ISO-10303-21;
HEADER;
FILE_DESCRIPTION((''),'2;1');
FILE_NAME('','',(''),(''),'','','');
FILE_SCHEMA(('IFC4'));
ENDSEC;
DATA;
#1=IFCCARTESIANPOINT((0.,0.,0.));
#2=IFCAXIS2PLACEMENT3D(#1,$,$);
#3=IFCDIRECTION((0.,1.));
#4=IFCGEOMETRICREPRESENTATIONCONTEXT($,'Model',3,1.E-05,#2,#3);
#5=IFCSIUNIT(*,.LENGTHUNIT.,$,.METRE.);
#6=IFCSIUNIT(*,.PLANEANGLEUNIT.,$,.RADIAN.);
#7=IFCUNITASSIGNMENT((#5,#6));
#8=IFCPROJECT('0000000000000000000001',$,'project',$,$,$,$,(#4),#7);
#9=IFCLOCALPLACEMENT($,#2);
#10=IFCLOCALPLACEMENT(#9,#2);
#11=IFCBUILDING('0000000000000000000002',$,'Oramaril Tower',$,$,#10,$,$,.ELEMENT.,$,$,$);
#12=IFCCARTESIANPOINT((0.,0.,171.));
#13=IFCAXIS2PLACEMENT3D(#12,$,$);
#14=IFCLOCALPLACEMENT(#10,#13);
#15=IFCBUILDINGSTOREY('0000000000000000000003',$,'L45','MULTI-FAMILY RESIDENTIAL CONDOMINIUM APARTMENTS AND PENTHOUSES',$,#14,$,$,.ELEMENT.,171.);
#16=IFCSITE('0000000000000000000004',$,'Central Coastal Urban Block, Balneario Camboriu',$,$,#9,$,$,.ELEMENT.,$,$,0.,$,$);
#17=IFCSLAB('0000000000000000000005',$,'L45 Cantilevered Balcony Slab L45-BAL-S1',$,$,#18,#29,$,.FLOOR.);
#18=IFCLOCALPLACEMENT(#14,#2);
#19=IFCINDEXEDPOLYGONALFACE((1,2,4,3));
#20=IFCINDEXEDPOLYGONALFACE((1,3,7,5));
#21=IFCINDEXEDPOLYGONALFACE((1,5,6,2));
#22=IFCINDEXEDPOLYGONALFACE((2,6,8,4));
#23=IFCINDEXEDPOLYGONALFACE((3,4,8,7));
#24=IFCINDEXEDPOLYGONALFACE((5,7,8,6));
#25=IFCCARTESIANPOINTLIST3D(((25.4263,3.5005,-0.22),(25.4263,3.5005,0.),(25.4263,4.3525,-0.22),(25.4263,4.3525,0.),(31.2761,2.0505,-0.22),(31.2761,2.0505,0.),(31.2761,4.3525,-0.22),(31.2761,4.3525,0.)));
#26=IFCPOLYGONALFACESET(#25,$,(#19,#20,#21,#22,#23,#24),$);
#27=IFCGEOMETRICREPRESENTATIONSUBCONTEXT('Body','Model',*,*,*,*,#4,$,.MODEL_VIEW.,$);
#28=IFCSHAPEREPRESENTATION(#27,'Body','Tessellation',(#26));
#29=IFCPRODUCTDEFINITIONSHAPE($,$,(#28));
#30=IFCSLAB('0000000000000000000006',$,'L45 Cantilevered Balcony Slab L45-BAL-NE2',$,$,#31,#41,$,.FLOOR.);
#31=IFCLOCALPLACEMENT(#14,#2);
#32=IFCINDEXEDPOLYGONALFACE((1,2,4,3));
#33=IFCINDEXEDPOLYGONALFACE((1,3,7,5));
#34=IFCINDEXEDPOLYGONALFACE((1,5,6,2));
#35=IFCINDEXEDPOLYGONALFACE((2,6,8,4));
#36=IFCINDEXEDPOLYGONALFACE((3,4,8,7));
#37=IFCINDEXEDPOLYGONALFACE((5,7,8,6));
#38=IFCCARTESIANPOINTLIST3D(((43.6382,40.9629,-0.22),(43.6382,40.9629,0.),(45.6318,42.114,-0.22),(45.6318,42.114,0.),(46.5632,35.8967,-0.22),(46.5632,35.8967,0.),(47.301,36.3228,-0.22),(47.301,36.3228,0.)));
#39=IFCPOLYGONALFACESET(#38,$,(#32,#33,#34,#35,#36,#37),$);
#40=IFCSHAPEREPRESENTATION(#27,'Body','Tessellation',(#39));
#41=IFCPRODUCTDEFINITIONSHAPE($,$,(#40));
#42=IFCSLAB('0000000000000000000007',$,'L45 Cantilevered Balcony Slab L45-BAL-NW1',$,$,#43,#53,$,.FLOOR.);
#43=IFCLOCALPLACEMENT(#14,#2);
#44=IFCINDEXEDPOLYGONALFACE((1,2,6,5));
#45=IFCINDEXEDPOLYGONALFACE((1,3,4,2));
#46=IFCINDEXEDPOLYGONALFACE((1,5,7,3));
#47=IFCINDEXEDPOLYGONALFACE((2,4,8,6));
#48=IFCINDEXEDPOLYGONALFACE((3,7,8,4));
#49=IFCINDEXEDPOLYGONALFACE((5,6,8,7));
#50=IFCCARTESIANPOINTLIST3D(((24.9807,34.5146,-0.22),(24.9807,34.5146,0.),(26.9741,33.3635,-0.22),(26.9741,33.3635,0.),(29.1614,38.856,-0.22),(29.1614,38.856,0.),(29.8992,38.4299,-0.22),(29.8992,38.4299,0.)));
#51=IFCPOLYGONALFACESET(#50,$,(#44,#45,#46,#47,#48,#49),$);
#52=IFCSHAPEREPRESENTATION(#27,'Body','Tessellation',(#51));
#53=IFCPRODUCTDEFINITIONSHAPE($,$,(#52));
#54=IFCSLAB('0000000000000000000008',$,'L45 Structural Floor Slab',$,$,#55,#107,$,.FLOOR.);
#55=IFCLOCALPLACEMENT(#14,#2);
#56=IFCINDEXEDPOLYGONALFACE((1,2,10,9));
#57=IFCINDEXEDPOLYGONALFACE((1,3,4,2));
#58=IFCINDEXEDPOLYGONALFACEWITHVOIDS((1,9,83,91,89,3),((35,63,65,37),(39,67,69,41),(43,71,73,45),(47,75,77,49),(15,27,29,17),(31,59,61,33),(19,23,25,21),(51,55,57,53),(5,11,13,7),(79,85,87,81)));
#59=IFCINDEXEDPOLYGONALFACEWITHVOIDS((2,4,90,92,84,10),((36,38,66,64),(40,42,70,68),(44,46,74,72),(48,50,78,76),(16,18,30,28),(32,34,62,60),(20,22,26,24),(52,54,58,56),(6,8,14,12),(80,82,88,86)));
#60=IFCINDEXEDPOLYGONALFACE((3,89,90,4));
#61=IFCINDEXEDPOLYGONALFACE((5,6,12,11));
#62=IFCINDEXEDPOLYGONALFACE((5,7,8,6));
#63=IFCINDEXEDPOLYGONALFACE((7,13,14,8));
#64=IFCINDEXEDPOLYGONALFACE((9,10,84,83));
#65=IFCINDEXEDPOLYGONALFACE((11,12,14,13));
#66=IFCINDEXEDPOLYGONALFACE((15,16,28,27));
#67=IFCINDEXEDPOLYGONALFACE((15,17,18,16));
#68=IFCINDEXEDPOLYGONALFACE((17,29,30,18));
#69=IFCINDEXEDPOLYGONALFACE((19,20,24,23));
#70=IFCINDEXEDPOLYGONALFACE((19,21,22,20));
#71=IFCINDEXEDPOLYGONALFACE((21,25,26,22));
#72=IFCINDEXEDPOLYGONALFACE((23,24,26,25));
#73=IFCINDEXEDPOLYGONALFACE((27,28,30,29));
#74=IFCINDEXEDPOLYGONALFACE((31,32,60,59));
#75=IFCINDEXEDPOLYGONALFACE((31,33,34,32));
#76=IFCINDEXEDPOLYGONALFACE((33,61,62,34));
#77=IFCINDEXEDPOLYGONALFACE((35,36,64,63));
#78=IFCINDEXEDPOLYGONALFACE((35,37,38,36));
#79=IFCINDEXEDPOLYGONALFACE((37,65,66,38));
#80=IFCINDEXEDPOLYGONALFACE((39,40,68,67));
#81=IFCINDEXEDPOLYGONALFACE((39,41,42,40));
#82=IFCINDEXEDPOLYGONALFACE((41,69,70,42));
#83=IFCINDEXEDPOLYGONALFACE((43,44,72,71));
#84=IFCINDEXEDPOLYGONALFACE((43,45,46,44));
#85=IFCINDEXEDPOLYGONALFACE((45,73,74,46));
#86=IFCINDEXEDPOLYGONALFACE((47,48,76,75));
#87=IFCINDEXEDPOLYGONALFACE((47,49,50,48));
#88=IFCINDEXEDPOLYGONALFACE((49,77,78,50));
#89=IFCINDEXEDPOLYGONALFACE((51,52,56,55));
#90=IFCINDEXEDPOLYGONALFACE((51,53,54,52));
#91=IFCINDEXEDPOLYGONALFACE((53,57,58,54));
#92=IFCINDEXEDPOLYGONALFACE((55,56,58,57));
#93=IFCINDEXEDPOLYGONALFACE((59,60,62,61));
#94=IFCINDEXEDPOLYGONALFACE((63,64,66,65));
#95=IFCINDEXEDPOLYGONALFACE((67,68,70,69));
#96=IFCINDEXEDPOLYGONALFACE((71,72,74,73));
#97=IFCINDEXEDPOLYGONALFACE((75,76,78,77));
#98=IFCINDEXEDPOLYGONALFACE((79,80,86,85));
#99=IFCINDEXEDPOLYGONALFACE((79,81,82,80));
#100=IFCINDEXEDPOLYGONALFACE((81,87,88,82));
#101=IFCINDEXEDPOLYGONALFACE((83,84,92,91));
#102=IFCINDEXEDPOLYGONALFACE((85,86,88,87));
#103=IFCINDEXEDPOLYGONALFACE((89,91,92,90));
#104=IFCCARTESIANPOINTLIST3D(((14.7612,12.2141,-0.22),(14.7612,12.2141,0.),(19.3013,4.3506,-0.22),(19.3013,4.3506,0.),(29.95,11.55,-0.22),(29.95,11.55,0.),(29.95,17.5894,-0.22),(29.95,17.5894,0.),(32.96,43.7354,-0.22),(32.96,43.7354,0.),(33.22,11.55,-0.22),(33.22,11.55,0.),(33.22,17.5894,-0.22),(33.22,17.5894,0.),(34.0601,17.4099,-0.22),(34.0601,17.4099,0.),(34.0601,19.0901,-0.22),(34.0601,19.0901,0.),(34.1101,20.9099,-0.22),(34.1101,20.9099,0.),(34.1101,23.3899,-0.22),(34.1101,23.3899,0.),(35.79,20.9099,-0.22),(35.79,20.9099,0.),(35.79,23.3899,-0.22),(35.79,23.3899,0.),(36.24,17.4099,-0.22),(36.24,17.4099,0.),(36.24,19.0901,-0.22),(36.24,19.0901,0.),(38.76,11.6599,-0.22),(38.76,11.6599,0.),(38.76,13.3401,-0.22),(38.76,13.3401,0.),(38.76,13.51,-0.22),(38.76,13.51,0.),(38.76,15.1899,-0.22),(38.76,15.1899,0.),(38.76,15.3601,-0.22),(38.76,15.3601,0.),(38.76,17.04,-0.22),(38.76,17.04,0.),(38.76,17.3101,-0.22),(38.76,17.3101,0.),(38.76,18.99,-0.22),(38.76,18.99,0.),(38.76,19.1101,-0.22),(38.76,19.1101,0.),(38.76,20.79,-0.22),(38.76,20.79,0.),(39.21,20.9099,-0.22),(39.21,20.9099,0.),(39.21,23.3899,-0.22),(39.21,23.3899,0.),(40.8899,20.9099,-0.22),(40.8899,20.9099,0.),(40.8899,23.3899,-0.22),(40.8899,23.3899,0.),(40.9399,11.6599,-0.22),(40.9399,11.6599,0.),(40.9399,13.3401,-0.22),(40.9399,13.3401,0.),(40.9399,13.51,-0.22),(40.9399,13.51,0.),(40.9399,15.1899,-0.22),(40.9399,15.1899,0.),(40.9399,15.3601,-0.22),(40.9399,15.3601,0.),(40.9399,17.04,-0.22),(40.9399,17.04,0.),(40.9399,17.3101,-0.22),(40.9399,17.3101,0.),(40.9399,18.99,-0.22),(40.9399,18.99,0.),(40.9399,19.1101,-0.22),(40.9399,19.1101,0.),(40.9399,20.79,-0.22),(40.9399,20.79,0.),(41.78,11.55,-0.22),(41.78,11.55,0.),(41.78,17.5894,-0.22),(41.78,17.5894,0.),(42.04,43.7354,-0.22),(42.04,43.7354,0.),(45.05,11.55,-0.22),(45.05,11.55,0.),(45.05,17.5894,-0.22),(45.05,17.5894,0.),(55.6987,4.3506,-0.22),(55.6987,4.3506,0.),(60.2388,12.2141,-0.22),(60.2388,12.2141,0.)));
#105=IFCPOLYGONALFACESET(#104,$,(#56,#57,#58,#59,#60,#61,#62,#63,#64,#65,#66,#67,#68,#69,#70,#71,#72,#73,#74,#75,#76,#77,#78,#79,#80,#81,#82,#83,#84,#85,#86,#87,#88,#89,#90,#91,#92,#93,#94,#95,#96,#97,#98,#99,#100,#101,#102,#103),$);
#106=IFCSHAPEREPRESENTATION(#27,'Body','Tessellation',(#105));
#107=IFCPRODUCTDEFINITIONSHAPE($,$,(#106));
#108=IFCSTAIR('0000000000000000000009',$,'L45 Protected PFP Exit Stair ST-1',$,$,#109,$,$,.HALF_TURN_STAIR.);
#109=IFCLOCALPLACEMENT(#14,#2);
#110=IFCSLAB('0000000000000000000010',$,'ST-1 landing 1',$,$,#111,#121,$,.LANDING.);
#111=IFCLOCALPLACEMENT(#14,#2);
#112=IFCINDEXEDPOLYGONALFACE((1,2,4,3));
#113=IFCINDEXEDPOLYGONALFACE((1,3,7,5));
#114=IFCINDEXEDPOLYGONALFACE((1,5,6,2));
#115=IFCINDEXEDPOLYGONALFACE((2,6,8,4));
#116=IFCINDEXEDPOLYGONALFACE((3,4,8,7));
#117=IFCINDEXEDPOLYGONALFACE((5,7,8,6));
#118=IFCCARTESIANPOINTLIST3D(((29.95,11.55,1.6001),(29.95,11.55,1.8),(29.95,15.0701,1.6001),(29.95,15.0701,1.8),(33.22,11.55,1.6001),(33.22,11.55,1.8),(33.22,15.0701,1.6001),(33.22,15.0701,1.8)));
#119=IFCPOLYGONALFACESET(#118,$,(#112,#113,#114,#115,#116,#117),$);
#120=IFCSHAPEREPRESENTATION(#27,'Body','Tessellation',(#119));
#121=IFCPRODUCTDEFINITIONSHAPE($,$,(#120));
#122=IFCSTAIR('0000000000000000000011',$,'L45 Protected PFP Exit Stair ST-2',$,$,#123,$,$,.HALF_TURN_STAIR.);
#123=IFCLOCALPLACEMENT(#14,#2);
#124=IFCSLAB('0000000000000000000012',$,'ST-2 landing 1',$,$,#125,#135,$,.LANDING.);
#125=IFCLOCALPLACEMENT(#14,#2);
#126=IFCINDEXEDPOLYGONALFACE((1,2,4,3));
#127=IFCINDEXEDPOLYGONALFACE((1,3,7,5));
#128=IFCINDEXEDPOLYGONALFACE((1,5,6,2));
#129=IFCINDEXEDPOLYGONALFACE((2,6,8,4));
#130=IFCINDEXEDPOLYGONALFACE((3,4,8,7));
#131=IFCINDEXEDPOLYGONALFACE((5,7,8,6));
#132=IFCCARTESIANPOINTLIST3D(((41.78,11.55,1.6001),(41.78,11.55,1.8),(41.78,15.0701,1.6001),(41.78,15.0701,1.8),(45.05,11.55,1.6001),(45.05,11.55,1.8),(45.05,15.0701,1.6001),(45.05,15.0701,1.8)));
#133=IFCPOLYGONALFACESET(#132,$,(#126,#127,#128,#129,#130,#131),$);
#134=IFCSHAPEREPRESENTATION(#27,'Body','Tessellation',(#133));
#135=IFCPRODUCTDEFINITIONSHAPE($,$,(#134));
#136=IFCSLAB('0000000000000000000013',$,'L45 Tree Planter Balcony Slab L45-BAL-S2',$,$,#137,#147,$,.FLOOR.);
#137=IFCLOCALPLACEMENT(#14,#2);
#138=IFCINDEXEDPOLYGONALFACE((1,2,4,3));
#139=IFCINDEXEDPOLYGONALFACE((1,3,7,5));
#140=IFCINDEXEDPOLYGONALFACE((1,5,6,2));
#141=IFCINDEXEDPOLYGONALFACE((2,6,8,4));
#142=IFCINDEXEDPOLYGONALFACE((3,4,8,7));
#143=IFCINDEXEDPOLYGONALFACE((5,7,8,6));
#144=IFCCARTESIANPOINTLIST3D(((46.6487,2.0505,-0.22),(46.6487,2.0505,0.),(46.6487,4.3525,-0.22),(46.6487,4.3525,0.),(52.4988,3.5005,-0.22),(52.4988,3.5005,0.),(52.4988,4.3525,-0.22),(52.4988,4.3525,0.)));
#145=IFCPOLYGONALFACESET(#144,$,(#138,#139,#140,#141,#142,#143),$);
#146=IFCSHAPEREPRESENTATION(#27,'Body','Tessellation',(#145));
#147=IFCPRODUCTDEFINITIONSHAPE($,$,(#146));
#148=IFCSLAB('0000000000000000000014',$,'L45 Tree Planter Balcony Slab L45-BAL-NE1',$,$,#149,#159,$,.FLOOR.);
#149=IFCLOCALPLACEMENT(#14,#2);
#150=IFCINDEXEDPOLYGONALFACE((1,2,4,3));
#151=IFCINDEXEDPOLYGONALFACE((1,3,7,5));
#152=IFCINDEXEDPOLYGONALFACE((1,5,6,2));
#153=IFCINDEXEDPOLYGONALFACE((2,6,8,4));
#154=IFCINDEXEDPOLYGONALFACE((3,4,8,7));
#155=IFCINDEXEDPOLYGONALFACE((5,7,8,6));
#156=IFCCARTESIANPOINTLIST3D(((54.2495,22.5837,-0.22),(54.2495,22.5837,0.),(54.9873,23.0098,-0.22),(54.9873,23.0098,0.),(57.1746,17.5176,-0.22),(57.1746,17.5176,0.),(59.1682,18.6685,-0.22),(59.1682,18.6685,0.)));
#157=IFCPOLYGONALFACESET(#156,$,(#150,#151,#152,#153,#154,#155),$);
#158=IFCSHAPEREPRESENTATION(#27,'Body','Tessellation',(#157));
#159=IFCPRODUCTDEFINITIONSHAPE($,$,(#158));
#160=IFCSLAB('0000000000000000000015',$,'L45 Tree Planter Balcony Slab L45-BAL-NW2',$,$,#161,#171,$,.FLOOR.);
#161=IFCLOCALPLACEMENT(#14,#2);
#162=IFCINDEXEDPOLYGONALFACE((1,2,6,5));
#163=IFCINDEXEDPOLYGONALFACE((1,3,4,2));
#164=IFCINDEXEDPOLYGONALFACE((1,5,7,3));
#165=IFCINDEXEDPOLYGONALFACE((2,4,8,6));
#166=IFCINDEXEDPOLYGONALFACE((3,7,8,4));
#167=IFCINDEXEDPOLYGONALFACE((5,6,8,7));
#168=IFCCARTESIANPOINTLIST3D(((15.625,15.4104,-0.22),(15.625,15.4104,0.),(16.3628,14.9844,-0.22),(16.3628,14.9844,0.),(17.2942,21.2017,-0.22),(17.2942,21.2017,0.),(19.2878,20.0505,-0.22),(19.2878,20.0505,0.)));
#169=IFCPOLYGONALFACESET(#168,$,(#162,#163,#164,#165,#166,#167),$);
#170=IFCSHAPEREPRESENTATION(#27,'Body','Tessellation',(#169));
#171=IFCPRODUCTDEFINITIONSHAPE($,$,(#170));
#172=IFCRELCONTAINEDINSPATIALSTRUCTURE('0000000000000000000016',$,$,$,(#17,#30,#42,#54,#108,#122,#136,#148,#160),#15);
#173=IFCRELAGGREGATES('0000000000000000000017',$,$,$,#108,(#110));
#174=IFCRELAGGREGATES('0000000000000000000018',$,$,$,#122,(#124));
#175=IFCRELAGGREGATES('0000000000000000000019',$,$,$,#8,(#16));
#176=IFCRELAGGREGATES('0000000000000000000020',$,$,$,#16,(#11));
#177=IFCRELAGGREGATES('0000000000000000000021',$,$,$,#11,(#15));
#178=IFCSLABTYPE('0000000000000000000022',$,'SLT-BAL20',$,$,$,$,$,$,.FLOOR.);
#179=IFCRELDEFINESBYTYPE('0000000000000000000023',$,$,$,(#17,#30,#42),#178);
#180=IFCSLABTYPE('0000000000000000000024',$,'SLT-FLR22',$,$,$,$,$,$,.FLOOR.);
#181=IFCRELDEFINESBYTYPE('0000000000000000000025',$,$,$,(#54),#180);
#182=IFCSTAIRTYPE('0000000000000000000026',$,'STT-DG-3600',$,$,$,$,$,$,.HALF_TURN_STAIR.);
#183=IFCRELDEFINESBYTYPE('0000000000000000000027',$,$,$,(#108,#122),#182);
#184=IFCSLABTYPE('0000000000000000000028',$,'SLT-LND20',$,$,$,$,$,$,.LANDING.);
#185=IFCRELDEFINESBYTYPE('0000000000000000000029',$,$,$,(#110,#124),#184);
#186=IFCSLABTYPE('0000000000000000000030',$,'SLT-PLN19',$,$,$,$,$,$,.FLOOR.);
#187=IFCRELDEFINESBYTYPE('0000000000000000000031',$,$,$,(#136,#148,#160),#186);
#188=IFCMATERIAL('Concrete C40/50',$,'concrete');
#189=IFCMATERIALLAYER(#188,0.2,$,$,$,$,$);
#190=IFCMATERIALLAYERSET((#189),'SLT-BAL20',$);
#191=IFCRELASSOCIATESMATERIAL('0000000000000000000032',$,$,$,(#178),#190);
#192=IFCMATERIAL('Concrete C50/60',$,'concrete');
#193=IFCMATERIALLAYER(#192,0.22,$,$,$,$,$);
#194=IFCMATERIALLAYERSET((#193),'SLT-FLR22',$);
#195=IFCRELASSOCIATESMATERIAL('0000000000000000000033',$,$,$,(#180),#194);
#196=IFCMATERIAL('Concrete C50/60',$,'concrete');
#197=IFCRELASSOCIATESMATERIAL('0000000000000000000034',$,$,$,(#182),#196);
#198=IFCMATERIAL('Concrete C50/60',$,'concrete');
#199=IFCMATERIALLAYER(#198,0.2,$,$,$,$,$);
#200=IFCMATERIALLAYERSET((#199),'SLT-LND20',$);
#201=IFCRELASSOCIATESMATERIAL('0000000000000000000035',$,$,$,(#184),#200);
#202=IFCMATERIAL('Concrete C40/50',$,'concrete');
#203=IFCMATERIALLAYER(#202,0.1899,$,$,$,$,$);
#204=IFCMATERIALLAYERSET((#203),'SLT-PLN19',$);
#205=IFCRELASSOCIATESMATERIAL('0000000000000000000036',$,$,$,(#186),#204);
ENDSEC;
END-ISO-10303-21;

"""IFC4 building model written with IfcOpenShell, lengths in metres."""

from ifc_helpers import new_model, si_unit, direction, frame, origin, place, context, subcontext, project, spatial, polyline, outline, extrude, material, layer, layer_set, type_object, element, aggregate, save


model = new_model("IFC4")

# Units and contexts
model_context = context("Model", 3, precision=1e-05, world=origin(), true_north=direction((0.0, 1.0)))
body_context = subcontext(model_context, "Body", "Model", "MODEL_VIEW")
ifc_project = project(units=[si_unit("LENGTHUNIT", "METRE"), si_unit("PLANEANGLEUNIT", "RADIAN")], contexts=[model_context])

# Site, building, storey
site_placement = place(None, origin())
site = spatial("IfcSite", under=ifc_project, at=site_placement, Name="Central Coastal Urban Block, Balneario Camboriu", CompositionType="ELEMENT", RefElevation=0.0)
building_placement = place(site_placement, origin())
building = spatial("IfcBuilding", under=site, at=building_placement, Name="Oramaril Tower", CompositionType="ELEMENT")
storey_placement = place(building_placement, frame((0.0, 0.0, 171.0)))
storey = spatial("IfcBuildingStorey", under=building, at=storey_placement, Name="L45", Description="MULTI-FAMILY RESIDENTIAL CONDOMINIUM APARTMENTS AND PENTHOUSES", CompositionType="ELEMENT", Elevation=171.0)

# Slabs
ifc_material_1 = material(Name="Concrete C40/50", Category="concrete")
ifc_layer_1 = layer(ifc_material_1, 0.2)
ifc_layer_set_1 = layer_set([ifc_layer_1], Name="SLT-BAL20")
slab_type_1 = type_object("IfcSlabType", Name="SLT-BAL20", PredefinedType="FLOOR", material=ifc_layer_set_1)
slab_1_placement = place(storey_placement, frame((0.0, 0.0, -0.22)))
element("IfcSlab", 1, at=slab_1_placement, inside=storey, type_object=slab_type_1, Name="L45 Cantilevered Balcony Slab L45-BAL-S1", PredefinedType="FLOOR", context=body_context, shape_type="SweptSolid", body=[
    extrude(outline(polyline([(25.4263, 4.3525), (31.2761, 4.3525), (31.2761, 2.0505), (25.4263, 3.5005), (25.4263, 4.3525)])), origin(), (0.0, 0.0, 1.0), 0.22),
])
slab_2_placement = place(storey_placement, frame((0.0, 0.0, -0.22)))
element("IfcSlab", 2, at=slab_2_placement, inside=storey, type_object=slab_type_1, Name="L45 Cantilevered Balcony Slab L45-BAL-NE2", PredefinedType="FLOOR", context=body_context, shape_type="SweptSolid", body=[
    extrude(outline(polyline([(46.5632, 35.8967), (43.6382, 40.9629), (45.6318, 42.114), (47.301, 36.3228), (46.5632, 35.8967)])), origin(), (0.0, 0.0, 1.0), 0.22),
])
slab_3_placement = place(storey_placement, frame((0.0, 0.0, -0.22)))
element("IfcSlab", 3, at=slab_3_placement, inside=storey, type_object=slab_type_1, Name="L45 Cantilevered Balcony Slab L45-BAL-NW1", PredefinedType="FLOOR", context=body_context, shape_type="SweptSolid", body=[
    extrude(outline(polyline([(29.8992, 38.4299), (26.9741, 33.3635), (24.9807, 34.5146), (29.1614, 38.856), (29.8992, 38.4299)])), origin(), (0.0, 0.0, 1.0), 0.22),
])
ifc_material_2 = material(Name="Concrete C50/60", Category="concrete")
ifc_layer_2 = layer(ifc_material_2, 0.22)
ifc_layer_set_2 = layer_set([ifc_layer_2], Name="SLT-FLR22")
slab_type_2 = type_object("IfcSlabType", Name="SLT-FLR22", PredefinedType="FLOOR", material=ifc_layer_set_2)
slab_4_placement = place(storey_placement, frame((0.0, 0.0, -0.22)))
element("IfcSlab", 4, at=slab_4_placement, inside=storey, type_object=slab_type_2, Name="L45 Structural Floor Slab", PredefinedType="FLOOR", context=body_context, shape_type="SweptSolid", body=[
    extrude(outline(polyline([(14.7612, 12.2141), (19.3013, 4.3506), (55.6987, 4.3506), (60.2388, 12.2141), (42.04, 43.7354), (32.96, 43.7354), (14.7612, 12.2141)]), holes=[polyline([(29.95, 17.5894), (29.95, 11.55), (33.22, 11.55), (33.22, 17.5894), (29.95, 17.5894)]), polyline([(41.78, 17.5894), (41.78, 11.55), (45.05, 11.55), (45.05, 17.5894), (41.78, 17.5894)]), polyline([(34.1101, 20.9099), (35.79, 20.9099), (35.79, 23.3899), (34.1101, 23.3899), (34.1101, 20.9099)]), polyline([(39.21, 20.9099), (40.8899, 20.9099), (40.8899, 23.3899), (39.21, 23.3899), (39.21, 20.9099)]), polyline([(38.76, 11.6599), (40.9399, 11.6599), (40.9399, 13.3401), (38.76, 13.3401), (38.76, 11.6599)]), polyline([(38.76, 13.51), (40.9399, 13.51), (40.9399, 15.1899), (38.76, 15.1899), (38.76, 13.51)]), polyline([(38.76, 15.3601), (40.9399, 15.3601), (40.9399, 17.04), (38.76, 17.04), (38.76, 15.3601)]), polyline([(34.0601, 17.4099), (36.24, 17.4099), (36.24, 19.0901), (34.0601, 19.0901), (34.0601, 17.4099)]), polyline([(38.76, 17.3101), (40.9399, 17.3101), (40.9399, 18.99), (38.76, 18.99), (38.76, 17.3101)]), polyline([(38.76, 19.1101), (40.9399, 19.1101), (40.9399, 20.79), (38.76, 20.79), (38.76, 19.1101)])]), origin(), (0.0, 0.0, 1.0), 0.22),
])

# Stairs, slabs
ifc_material_3 = material(Name="Concrete C50/60", Category="concrete")
stair_type = type_object("IfcStairType", Name="STT-DG-3600", PredefinedType="HALF_TURN_STAIR", material=ifc_material_3)
stair_1_placement = place(storey_placement, origin())
stair_1 = element("IfcStair", 5, at=stair_1_placement, inside=storey, type_object=stair_type, Name="L45 Protected PFP Exit Stair ST-1", PredefinedType="HALF_TURN_STAIR")
ifc_material_4 = material(Name="Concrete C50/60", Category="concrete")
ifc_layer_3 = layer(ifc_material_4, 0.2)
ifc_layer_set_3 = layer_set([ifc_layer_3], Name="SLT-LND20")
slab_type_3 = type_object("IfcSlabType", Name="SLT-LND20", PredefinedType="LANDING", material=ifc_layer_set_3)
slab_5_placement = place(storey_placement, frame((0.0, 0.0, 1.6001)))
slab_5 = element("IfcSlab", 6, at=slab_5_placement, type_object=slab_type_3, Name="ST-1 landing 1", PredefinedType="LANDING", context=body_context, shape_type="SweptSolid", body=[
    extrude(outline(polyline([(29.95, 15.0701), (29.95, 11.55), (33.22, 11.55), (33.22, 15.0701), (29.95, 15.0701)])), origin(), (0.0, 0.0, 1.0), 0.2),
])
aggregate(stair_1, [slab_5])
stair_2_placement = place(storey_placement, origin())
stair_2 = element("IfcStair", 7, at=stair_2_placement, inside=storey, type_object=stair_type, Name="L45 Protected PFP Exit Stair ST-2", PredefinedType="HALF_TURN_STAIR")
slab_6_placement = place(storey_placement, frame((0.0, 0.0, 1.6001)))
slab_6 = element("IfcSlab", 8, at=slab_6_placement, type_object=slab_type_3, Name="ST-2 landing 1", PredefinedType="LANDING", context=body_context, shape_type="SweptSolid", body=[
    extrude(outline(polyline([(41.78, 15.0701), (41.78, 11.55), (45.05, 11.55), (45.05, 15.0701), (41.78, 15.0701)])), origin(), (0.0, 0.0, 1.0), 0.2),
])
aggregate(stair_2, [slab_6])

# Slabs
ifc_material_5 = material(Name="Concrete C40/50", Category="concrete")
ifc_layer_4 = layer(ifc_material_5, 0.1899)
ifc_layer_set_4 = layer_set([ifc_layer_4], Name="SLT-PLN19")
slab_type_4 = type_object("IfcSlabType", Name="SLT-PLN19", PredefinedType="FLOOR", material=ifc_layer_set_4)
slab_7_placement = place(storey_placement, frame((0.0, 0.0, -0.22)))
element("IfcSlab", 9, at=slab_7_placement, inside=storey, type_object=slab_type_4, Name="L45 Tree Planter Balcony Slab L45-BAL-S2", PredefinedType="FLOOR", context=body_context, shape_type="SweptSolid", body=[
    extrude(outline(polyline([(46.6487, 4.3525), (52.4988, 4.3525), (52.4988, 3.5005), (46.6487, 2.0505), (46.6487, 4.3525)])), origin(), (0.0, 0.0, 1.0), 0.22),
])
slab_8_placement = place(storey_placement, frame((0.0, 0.0, -0.22)))
element("IfcSlab", 10, at=slab_8_placement, inside=storey, type_object=slab_type_4, Name="L45 Tree Planter Balcony Slab L45-BAL-NE1", PredefinedType="FLOOR", context=body_context, shape_type="SweptSolid", body=[
    extrude(outline(polyline([(57.1746, 17.5176), (54.2495, 22.5837), (54.9873, 23.0098), (59.1682, 18.6685), (57.1746, 17.5176)])), origin(), (0.0, 0.0, 1.0), 0.22),
])
slab_9_placement = place(storey_placement, frame((0.0, 0.0, -0.22)))
element("IfcSlab", 11, at=slab_9_placement, inside=storey, type_object=slab_type_4, Name="L45 Tree Planter Balcony Slab L45-BAL-NW2", PredefinedType="FLOOR", context=body_context, shape_type="SweptSolid", body=[
    extrude(outline(polyline([(19.2878, 20.0505), (16.3628, 14.9844), (15.625, 15.4104), (17.2942, 21.2017), (19.2878, 20.0505)])), origin(), (0.0, 0.0, 1.0), 0.22),
])

save(model, "model.ifc")
